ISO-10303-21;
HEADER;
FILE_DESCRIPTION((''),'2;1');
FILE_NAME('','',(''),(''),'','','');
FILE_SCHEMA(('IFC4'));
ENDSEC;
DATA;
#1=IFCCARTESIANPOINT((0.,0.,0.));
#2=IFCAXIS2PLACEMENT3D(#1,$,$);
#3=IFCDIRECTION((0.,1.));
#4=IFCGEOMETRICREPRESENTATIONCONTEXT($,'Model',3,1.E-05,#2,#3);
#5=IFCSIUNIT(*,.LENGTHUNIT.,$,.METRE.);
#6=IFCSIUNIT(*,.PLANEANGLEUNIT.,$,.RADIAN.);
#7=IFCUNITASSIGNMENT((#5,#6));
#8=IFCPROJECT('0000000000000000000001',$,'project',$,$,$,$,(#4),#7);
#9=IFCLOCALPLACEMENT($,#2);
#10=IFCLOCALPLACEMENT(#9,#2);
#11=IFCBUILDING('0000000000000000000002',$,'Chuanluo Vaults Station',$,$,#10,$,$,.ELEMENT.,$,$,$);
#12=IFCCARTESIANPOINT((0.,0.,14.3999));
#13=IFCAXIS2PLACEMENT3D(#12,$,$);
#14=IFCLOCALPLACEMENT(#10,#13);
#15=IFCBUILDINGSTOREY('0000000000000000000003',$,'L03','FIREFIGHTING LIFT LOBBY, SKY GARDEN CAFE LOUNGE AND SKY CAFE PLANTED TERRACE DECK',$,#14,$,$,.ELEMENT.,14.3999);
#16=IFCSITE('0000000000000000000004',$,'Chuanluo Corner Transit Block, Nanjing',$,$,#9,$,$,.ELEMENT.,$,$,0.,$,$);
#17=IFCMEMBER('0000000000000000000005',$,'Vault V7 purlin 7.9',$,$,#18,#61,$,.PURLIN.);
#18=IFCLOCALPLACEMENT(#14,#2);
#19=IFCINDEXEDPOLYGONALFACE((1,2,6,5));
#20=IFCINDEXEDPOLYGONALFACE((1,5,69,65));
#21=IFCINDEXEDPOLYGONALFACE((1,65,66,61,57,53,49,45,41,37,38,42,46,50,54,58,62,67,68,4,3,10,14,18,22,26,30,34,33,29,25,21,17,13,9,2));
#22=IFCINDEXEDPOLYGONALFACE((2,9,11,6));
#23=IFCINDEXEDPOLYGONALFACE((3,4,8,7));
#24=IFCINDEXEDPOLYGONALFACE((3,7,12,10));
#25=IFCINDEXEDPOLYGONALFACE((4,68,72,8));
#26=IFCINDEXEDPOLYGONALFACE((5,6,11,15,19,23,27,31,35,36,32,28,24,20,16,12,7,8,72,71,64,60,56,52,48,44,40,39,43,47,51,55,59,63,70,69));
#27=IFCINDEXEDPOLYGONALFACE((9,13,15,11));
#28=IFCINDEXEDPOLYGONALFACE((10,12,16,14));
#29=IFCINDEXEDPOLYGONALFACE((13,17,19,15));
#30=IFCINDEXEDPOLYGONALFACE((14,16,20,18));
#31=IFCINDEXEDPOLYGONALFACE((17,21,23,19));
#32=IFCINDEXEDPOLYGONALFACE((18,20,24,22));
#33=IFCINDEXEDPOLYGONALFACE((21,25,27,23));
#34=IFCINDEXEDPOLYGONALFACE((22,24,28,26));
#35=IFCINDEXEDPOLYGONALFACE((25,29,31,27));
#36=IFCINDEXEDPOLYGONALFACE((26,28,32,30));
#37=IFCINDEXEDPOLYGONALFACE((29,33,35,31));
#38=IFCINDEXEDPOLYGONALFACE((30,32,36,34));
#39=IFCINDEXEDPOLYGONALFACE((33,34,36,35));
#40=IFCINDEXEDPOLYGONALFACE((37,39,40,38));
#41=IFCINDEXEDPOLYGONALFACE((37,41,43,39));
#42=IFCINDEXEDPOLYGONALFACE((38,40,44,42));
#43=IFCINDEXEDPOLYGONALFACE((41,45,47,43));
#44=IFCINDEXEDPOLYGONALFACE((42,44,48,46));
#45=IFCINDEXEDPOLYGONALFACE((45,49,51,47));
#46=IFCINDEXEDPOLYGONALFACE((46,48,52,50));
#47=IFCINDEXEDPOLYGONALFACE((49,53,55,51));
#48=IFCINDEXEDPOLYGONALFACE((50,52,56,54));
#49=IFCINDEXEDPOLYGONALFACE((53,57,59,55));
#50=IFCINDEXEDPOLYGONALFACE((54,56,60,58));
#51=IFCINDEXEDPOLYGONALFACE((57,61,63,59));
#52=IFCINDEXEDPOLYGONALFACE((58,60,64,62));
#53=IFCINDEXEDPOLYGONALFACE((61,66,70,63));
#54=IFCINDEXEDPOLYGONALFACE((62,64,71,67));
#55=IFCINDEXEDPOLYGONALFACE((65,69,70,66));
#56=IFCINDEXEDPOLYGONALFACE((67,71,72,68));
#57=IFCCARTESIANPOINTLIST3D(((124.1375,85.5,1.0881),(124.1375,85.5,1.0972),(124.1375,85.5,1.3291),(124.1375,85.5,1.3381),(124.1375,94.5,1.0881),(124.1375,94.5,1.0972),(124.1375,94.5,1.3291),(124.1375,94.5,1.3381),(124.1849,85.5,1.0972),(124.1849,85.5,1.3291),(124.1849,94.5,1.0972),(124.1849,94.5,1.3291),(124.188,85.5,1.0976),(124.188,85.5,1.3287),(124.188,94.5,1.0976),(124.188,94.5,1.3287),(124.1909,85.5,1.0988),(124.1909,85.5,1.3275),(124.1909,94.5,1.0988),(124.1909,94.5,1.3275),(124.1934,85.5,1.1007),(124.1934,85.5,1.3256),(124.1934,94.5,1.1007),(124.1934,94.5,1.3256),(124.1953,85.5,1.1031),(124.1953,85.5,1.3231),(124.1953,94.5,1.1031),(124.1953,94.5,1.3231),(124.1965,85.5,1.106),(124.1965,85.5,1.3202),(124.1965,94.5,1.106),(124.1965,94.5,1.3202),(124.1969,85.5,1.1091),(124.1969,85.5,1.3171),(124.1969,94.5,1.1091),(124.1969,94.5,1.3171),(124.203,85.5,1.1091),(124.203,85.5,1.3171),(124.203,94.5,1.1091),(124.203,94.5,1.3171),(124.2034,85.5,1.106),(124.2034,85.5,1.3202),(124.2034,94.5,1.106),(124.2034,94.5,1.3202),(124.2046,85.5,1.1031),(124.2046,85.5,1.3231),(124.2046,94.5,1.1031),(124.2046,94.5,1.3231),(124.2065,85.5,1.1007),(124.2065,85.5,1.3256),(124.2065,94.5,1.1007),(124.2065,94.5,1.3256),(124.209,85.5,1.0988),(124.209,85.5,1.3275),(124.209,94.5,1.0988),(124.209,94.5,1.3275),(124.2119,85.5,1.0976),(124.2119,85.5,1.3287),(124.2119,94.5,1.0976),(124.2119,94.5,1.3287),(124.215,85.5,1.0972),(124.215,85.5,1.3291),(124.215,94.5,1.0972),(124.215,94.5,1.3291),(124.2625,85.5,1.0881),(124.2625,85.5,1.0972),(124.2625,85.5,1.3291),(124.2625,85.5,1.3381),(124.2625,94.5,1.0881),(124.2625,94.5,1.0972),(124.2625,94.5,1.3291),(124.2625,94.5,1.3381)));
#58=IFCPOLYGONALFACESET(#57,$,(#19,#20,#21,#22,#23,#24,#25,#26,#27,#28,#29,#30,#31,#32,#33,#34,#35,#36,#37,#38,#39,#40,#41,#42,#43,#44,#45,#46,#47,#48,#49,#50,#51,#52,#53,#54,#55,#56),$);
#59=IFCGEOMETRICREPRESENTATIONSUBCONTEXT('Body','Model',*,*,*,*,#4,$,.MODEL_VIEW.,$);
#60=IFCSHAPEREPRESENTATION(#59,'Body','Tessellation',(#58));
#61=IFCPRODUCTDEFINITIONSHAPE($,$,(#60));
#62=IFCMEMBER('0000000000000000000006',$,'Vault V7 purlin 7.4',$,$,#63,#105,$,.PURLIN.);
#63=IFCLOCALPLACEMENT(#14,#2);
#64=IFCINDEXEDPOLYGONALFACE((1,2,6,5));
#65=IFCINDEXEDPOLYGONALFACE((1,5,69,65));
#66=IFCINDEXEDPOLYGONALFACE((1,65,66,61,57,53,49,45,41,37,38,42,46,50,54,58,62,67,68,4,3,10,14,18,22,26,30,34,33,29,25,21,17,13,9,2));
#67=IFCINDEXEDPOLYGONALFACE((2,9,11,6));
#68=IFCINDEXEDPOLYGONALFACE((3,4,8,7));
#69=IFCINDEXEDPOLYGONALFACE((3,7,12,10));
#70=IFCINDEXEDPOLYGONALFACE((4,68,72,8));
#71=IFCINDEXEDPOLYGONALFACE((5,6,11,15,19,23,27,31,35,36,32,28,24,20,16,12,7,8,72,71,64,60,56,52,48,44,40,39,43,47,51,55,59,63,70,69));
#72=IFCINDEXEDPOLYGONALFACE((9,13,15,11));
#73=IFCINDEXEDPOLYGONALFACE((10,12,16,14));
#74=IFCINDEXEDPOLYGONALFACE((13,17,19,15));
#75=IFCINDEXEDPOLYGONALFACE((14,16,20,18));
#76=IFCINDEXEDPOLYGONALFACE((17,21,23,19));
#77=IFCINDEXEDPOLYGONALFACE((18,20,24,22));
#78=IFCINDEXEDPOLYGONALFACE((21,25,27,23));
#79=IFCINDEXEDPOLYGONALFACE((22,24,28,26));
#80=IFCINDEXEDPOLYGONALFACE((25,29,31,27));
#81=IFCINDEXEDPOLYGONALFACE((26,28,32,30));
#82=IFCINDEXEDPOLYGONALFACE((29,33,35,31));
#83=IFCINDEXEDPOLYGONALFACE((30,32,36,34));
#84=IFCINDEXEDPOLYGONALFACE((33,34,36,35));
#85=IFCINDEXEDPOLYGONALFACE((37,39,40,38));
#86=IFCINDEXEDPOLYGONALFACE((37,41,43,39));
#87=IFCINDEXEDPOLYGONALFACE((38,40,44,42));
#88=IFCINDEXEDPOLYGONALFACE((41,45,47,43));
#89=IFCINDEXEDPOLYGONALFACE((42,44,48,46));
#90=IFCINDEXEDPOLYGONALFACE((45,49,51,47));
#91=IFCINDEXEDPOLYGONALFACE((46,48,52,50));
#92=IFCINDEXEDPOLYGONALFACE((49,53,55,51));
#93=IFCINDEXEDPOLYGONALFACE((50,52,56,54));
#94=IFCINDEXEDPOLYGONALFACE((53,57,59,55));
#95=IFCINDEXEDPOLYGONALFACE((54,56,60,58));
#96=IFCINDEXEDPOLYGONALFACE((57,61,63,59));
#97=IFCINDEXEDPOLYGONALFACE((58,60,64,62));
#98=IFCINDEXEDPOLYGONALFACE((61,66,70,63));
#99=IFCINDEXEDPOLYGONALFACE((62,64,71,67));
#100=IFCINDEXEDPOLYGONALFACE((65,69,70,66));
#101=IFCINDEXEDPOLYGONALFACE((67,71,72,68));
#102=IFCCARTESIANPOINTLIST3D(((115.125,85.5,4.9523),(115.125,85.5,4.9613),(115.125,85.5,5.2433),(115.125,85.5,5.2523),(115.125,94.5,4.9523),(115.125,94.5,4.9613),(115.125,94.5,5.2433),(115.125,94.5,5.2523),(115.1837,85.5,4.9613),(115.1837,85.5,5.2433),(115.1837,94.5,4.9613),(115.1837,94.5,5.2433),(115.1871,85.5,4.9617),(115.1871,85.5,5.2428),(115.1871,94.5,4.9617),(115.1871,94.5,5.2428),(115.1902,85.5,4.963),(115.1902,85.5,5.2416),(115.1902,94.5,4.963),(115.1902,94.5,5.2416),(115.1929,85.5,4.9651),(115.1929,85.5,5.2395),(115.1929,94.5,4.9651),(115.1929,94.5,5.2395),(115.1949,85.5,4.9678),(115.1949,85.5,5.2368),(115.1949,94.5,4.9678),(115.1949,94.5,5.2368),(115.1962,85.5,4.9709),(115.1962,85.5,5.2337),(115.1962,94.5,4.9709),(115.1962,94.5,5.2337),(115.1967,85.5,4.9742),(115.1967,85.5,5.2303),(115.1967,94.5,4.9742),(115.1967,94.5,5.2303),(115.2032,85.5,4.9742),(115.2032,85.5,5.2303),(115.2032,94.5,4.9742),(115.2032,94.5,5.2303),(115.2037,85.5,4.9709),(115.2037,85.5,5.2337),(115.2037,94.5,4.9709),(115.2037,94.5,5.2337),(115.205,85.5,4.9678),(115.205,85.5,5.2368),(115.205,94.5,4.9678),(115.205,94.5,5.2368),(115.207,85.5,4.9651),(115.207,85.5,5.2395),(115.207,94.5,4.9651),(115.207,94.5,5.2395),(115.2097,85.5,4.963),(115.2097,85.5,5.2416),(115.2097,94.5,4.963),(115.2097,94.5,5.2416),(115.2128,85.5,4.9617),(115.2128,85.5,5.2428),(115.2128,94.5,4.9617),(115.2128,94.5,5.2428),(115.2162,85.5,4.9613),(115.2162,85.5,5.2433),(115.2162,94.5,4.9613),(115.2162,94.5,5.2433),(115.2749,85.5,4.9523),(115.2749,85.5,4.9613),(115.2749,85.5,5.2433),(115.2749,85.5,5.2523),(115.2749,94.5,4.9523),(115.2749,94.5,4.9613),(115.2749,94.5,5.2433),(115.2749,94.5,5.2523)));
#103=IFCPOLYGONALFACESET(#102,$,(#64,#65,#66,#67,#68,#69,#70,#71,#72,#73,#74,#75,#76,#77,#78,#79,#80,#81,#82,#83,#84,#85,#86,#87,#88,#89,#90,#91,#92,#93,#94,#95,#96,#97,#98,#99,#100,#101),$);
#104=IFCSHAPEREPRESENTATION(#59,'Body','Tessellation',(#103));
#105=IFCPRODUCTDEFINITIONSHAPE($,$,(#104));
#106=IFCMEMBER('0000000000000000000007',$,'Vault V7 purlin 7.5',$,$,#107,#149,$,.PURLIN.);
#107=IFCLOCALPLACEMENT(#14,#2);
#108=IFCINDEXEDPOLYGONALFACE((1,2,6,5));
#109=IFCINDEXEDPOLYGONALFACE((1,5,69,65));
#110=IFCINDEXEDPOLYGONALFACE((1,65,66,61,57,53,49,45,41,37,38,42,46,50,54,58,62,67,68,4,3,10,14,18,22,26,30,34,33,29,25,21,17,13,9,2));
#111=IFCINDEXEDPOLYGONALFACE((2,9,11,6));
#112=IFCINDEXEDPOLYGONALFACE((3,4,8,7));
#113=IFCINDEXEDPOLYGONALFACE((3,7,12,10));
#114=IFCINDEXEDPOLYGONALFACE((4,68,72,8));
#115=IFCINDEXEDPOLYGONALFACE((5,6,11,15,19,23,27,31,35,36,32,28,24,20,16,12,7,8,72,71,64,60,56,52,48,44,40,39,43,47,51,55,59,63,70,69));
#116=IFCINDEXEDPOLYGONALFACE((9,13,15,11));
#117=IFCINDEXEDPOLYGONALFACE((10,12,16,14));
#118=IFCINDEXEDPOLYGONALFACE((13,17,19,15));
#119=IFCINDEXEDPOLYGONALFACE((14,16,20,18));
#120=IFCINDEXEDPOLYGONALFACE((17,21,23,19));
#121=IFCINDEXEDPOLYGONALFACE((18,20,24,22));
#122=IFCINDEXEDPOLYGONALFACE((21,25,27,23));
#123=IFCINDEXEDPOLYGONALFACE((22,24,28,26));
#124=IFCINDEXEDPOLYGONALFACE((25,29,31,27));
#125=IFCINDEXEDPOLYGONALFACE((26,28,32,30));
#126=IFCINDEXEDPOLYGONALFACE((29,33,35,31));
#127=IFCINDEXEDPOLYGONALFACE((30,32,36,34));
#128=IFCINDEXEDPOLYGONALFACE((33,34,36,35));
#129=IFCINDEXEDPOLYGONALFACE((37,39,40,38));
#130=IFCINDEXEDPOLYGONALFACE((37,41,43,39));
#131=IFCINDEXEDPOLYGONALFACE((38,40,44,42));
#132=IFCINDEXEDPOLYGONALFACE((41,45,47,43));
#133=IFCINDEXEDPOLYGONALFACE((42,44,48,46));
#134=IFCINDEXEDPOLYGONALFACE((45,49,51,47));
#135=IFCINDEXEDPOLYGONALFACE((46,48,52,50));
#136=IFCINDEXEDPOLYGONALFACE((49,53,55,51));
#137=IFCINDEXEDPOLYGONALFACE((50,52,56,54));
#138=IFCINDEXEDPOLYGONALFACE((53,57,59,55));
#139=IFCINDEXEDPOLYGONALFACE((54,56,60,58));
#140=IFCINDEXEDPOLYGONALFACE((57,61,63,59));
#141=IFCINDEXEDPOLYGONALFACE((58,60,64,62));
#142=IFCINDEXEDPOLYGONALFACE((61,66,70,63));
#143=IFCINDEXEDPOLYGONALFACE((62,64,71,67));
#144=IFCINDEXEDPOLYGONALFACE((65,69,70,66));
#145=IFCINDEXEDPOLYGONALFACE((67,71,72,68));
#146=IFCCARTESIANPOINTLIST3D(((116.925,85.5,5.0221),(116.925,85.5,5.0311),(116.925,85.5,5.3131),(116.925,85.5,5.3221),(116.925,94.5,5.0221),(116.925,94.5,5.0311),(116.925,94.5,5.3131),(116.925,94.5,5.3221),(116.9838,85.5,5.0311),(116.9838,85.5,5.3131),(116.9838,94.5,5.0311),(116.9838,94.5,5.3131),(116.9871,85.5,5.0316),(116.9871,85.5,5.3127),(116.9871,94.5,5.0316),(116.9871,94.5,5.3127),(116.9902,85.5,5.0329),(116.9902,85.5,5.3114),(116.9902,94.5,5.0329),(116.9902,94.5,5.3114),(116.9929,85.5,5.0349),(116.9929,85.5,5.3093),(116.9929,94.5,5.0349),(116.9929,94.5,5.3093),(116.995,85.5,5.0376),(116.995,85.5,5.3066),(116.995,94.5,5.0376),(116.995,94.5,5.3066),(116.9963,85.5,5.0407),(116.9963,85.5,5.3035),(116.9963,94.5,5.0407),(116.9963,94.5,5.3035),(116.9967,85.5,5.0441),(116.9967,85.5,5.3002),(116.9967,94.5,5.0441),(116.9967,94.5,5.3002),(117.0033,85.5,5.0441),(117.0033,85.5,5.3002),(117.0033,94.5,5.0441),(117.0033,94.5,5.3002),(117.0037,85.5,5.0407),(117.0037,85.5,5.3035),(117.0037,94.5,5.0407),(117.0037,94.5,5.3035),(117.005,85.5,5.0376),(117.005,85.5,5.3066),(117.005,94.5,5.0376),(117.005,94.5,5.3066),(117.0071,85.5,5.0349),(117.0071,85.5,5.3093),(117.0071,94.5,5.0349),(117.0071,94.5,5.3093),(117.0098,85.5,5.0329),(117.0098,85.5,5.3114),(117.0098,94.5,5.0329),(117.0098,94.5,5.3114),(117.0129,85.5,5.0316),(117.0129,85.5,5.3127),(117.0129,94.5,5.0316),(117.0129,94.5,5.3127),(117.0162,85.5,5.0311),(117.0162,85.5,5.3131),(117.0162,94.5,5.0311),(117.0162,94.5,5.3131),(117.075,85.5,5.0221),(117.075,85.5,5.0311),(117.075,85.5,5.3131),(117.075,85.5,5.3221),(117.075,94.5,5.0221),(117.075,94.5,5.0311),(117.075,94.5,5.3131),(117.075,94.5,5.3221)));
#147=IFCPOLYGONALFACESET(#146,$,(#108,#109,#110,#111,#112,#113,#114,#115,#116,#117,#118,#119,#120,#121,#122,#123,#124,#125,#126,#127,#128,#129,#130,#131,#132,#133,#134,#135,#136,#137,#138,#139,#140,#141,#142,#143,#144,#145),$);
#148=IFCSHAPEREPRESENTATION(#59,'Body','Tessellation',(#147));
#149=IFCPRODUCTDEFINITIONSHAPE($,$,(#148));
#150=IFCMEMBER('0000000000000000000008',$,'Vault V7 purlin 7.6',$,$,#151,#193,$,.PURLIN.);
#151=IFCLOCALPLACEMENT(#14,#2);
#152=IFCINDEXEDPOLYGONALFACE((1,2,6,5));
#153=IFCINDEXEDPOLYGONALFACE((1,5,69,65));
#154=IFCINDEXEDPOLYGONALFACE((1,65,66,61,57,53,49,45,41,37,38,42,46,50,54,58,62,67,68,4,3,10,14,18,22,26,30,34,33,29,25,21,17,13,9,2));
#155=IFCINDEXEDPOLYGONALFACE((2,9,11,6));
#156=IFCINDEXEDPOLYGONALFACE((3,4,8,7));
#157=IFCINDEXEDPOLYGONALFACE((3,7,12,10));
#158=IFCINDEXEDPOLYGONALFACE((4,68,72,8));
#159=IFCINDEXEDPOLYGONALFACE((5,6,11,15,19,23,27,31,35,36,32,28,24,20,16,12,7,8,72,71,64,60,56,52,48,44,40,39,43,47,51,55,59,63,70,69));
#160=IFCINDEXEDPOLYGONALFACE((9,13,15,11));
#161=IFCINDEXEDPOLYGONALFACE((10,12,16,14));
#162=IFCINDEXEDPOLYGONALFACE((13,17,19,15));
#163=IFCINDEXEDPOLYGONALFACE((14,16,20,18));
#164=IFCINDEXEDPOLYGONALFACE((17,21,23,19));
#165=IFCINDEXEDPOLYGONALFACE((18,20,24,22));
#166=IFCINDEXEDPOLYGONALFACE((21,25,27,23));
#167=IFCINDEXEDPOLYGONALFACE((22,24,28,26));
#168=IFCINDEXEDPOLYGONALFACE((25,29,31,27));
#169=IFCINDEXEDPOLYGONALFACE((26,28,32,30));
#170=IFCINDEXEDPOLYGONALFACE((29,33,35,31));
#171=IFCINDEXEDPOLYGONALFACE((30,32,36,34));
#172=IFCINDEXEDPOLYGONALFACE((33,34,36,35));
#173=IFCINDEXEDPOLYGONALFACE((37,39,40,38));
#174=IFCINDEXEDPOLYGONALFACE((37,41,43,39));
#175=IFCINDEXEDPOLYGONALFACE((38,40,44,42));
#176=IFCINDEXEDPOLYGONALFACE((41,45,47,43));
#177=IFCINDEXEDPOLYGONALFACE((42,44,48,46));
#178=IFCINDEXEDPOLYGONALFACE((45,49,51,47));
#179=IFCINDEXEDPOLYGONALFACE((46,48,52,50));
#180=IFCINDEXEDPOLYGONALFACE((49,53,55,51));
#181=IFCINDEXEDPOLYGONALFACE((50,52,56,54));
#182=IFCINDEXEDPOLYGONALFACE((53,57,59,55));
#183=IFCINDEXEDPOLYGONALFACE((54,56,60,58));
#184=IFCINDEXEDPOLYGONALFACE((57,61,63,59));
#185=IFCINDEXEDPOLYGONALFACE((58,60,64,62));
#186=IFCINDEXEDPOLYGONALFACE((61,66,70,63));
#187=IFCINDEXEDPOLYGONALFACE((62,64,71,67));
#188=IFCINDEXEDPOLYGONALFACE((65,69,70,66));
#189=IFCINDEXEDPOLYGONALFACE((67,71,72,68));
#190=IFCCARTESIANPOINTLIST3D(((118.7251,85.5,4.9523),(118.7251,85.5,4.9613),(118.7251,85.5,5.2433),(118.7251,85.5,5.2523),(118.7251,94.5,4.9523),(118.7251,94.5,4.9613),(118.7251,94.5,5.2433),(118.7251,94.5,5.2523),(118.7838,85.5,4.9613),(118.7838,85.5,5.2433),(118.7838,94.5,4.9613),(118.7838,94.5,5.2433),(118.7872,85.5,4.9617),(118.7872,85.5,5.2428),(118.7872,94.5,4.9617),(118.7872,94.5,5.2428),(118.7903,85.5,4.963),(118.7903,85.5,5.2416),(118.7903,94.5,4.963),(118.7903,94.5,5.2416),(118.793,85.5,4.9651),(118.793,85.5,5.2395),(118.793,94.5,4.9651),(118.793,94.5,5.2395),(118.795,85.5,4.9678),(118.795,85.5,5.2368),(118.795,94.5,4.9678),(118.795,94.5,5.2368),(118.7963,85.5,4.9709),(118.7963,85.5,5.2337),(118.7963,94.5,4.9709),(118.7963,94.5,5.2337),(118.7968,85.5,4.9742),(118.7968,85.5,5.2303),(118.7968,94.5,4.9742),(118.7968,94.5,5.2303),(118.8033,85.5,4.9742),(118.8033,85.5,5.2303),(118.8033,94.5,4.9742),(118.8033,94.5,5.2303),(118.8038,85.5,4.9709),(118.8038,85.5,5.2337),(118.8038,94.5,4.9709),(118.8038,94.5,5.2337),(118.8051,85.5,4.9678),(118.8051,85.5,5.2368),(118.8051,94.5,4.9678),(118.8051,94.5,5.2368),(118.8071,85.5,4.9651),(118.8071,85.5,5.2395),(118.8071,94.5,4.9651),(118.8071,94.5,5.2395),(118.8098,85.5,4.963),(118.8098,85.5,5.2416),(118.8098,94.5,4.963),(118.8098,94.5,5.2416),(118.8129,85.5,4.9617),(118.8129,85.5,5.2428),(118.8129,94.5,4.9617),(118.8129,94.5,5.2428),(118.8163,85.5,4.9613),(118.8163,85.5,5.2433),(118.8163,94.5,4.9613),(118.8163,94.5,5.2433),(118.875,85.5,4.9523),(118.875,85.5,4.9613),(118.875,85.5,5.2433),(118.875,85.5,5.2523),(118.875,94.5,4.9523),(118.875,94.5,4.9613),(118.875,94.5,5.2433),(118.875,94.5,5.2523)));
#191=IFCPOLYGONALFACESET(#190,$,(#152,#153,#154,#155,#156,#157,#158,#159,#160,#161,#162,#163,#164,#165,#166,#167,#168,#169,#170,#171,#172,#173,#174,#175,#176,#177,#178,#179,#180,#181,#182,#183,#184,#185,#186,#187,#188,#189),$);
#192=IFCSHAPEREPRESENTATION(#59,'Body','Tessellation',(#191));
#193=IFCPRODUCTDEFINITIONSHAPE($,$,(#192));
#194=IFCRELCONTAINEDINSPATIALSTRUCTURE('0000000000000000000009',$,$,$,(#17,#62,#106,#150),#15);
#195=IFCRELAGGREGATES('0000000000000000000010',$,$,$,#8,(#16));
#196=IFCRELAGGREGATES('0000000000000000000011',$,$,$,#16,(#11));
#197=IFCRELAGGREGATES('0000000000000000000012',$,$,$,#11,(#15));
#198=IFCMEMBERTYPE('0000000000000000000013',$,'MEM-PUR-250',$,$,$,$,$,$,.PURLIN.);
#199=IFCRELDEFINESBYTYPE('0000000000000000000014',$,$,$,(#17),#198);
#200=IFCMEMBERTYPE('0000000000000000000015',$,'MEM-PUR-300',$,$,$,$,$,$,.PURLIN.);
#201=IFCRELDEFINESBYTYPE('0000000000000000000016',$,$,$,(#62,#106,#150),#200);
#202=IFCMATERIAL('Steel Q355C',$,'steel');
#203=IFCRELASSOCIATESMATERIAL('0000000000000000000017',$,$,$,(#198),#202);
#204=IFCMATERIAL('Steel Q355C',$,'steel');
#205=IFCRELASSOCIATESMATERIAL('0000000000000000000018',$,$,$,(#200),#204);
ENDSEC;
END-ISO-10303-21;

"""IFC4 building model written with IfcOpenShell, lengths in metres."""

from ifc_helpers import new_model, si_unit, direction, frame, origin, origin_2d, place, context, subcontext, project, spatial, i_section, extrude, material, material_profile, profile_set, type_object, element, save


model = new_model("IFC4")

# Units and contexts
model_context = context("Model", 3, precision=1e-05, world=origin(), true_north=direction((0.0, 1.0)))
body_context = subcontext(model_context, "Body", "Model", "MODEL_VIEW")
ifc_project = project(units=[si_unit("LENGTHUNIT", "METRE"), si_unit("PLANEANGLEUNIT", "RADIAN")], contexts=[model_context])

# Site, building, storey
site_placement = place(None, origin())
site = spatial("IfcSite", under=ifc_project, at=site_placement, Name="Chuanluo Corner Transit Block, Nanjing", CompositionType="ELEMENT", RefElevation=0.0)
building_placement = place(site_placement, origin())
building = spatial("IfcBuilding", under=site, at=building_placement, Name="Chuanluo Vaults Station", CompositionType="ELEMENT")
storey_placement = place(building_placement, frame((0.0, 0.0, 14.3999)))
storey = spatial("IfcBuildingStorey", under=building, at=storey_placement, Name="L03", Description="FIREFIGHTING LIFT LOBBY, SKY GARDEN CAFE LOUNGE AND SKY CAFE PLANTED TERRACE DECK", CompositionType="ELEMENT", Elevation=14.3999)

# Members
ifc_material_1 = material(Name="Steel Q355C", Category="steel")
ifc_material_profile_1 = material_profile(ifc_material_1, i_section(OverallWidth=0.125, OverallDepth=0.25, WebThickness=0.0061, FlangeThickness=0.009, FilletRadius=0.012, at=origin_2d()))
ifc_profile_set_1 = profile_set([ifc_material_profile_1], Name="Steel Q355C")
member_type_1 = type_object("IfcMemberType", Name="MEM-PUR-250", PredefinedType="PURLIN", material=ifc_profile_set_1)
for number, where, z_axis, x_axis, name in (
    (1, (124.2, 85.5, 1.2131), (0.0, 1.0, 0.0), (-1.0, 0.0, 0.0), "Vault V7 purlin 7.9"),
):
    element("IfcMember", number, at=place(storey_placement, frame(where, z_axis=z_axis, x_axis=x_axis)), inside=storey, type_object=member_type_1, Name=name, PredefinedType="PURLIN", context=body_context, shape_type="SweptSolid", body=[
        extrude(i_section(OverallWidth=0.125, OverallDepth=0.25, WebThickness=0.0061, FlangeThickness=0.009, FilletRadius=0.012, at=origin_2d()), origin(), (0.0, 0.0, 1.0), 9.0),
    ])
ifc_material_2 = material(Name="Steel Q355C", Category="steel")
ifc_material_profile_2 = material_profile(ifc_material_2, i_section(OverallWidth=0.1499, OverallDepth=0.3, WebThickness=0.0066, FlangeThickness=0.009, FilletRadius=0.0129, at=origin_2d()))
ifc_profile_set_2 = profile_set([ifc_material_profile_2], Name="Steel Q355C")
member_type_2 = type_object("IfcMemberType", Name="MEM-PUR-300", PredefinedType="PURLIN", material=ifc_profile_set_2)
for number, where, z_axis, x_axis, name in (
    (2, (115.2, 85.5, 5.1023), (0.0, 1.0, 0.0), (-1.0, 0.0, 0.0), "Vault V7 purlin 7.4"),
    (3, (117.0, 85.5, 5.1721), (0.0, 1.0, 0.0), (-1.0, 0.0, 0.0), "Vault V7 purlin 7.5"),
    (4, (118.8, 85.5, 5.1023), (0.0, 1.0, 0.0), (-1.0, 0.0, 0.0), "Vault V7 purlin 7.6"),
):
    element("IfcMember", number, at=place(storey_placement, frame(where, z_axis=z_axis, x_axis=x_axis)), inside=storey, type_object=member_type_2, Name=name, PredefinedType="PURLIN", context=body_context, shape_type="SweptSolid", body=[
        extrude(i_section(OverallWidth=0.1499, OverallDepth=0.3, WebThickness=0.0066, FlangeThickness=0.009, FilletRadius=0.0129, at=origin_2d()), origin(), (0.0, 0.0, 1.0), 9.0),
    ])

save(model, "model.ifc")
